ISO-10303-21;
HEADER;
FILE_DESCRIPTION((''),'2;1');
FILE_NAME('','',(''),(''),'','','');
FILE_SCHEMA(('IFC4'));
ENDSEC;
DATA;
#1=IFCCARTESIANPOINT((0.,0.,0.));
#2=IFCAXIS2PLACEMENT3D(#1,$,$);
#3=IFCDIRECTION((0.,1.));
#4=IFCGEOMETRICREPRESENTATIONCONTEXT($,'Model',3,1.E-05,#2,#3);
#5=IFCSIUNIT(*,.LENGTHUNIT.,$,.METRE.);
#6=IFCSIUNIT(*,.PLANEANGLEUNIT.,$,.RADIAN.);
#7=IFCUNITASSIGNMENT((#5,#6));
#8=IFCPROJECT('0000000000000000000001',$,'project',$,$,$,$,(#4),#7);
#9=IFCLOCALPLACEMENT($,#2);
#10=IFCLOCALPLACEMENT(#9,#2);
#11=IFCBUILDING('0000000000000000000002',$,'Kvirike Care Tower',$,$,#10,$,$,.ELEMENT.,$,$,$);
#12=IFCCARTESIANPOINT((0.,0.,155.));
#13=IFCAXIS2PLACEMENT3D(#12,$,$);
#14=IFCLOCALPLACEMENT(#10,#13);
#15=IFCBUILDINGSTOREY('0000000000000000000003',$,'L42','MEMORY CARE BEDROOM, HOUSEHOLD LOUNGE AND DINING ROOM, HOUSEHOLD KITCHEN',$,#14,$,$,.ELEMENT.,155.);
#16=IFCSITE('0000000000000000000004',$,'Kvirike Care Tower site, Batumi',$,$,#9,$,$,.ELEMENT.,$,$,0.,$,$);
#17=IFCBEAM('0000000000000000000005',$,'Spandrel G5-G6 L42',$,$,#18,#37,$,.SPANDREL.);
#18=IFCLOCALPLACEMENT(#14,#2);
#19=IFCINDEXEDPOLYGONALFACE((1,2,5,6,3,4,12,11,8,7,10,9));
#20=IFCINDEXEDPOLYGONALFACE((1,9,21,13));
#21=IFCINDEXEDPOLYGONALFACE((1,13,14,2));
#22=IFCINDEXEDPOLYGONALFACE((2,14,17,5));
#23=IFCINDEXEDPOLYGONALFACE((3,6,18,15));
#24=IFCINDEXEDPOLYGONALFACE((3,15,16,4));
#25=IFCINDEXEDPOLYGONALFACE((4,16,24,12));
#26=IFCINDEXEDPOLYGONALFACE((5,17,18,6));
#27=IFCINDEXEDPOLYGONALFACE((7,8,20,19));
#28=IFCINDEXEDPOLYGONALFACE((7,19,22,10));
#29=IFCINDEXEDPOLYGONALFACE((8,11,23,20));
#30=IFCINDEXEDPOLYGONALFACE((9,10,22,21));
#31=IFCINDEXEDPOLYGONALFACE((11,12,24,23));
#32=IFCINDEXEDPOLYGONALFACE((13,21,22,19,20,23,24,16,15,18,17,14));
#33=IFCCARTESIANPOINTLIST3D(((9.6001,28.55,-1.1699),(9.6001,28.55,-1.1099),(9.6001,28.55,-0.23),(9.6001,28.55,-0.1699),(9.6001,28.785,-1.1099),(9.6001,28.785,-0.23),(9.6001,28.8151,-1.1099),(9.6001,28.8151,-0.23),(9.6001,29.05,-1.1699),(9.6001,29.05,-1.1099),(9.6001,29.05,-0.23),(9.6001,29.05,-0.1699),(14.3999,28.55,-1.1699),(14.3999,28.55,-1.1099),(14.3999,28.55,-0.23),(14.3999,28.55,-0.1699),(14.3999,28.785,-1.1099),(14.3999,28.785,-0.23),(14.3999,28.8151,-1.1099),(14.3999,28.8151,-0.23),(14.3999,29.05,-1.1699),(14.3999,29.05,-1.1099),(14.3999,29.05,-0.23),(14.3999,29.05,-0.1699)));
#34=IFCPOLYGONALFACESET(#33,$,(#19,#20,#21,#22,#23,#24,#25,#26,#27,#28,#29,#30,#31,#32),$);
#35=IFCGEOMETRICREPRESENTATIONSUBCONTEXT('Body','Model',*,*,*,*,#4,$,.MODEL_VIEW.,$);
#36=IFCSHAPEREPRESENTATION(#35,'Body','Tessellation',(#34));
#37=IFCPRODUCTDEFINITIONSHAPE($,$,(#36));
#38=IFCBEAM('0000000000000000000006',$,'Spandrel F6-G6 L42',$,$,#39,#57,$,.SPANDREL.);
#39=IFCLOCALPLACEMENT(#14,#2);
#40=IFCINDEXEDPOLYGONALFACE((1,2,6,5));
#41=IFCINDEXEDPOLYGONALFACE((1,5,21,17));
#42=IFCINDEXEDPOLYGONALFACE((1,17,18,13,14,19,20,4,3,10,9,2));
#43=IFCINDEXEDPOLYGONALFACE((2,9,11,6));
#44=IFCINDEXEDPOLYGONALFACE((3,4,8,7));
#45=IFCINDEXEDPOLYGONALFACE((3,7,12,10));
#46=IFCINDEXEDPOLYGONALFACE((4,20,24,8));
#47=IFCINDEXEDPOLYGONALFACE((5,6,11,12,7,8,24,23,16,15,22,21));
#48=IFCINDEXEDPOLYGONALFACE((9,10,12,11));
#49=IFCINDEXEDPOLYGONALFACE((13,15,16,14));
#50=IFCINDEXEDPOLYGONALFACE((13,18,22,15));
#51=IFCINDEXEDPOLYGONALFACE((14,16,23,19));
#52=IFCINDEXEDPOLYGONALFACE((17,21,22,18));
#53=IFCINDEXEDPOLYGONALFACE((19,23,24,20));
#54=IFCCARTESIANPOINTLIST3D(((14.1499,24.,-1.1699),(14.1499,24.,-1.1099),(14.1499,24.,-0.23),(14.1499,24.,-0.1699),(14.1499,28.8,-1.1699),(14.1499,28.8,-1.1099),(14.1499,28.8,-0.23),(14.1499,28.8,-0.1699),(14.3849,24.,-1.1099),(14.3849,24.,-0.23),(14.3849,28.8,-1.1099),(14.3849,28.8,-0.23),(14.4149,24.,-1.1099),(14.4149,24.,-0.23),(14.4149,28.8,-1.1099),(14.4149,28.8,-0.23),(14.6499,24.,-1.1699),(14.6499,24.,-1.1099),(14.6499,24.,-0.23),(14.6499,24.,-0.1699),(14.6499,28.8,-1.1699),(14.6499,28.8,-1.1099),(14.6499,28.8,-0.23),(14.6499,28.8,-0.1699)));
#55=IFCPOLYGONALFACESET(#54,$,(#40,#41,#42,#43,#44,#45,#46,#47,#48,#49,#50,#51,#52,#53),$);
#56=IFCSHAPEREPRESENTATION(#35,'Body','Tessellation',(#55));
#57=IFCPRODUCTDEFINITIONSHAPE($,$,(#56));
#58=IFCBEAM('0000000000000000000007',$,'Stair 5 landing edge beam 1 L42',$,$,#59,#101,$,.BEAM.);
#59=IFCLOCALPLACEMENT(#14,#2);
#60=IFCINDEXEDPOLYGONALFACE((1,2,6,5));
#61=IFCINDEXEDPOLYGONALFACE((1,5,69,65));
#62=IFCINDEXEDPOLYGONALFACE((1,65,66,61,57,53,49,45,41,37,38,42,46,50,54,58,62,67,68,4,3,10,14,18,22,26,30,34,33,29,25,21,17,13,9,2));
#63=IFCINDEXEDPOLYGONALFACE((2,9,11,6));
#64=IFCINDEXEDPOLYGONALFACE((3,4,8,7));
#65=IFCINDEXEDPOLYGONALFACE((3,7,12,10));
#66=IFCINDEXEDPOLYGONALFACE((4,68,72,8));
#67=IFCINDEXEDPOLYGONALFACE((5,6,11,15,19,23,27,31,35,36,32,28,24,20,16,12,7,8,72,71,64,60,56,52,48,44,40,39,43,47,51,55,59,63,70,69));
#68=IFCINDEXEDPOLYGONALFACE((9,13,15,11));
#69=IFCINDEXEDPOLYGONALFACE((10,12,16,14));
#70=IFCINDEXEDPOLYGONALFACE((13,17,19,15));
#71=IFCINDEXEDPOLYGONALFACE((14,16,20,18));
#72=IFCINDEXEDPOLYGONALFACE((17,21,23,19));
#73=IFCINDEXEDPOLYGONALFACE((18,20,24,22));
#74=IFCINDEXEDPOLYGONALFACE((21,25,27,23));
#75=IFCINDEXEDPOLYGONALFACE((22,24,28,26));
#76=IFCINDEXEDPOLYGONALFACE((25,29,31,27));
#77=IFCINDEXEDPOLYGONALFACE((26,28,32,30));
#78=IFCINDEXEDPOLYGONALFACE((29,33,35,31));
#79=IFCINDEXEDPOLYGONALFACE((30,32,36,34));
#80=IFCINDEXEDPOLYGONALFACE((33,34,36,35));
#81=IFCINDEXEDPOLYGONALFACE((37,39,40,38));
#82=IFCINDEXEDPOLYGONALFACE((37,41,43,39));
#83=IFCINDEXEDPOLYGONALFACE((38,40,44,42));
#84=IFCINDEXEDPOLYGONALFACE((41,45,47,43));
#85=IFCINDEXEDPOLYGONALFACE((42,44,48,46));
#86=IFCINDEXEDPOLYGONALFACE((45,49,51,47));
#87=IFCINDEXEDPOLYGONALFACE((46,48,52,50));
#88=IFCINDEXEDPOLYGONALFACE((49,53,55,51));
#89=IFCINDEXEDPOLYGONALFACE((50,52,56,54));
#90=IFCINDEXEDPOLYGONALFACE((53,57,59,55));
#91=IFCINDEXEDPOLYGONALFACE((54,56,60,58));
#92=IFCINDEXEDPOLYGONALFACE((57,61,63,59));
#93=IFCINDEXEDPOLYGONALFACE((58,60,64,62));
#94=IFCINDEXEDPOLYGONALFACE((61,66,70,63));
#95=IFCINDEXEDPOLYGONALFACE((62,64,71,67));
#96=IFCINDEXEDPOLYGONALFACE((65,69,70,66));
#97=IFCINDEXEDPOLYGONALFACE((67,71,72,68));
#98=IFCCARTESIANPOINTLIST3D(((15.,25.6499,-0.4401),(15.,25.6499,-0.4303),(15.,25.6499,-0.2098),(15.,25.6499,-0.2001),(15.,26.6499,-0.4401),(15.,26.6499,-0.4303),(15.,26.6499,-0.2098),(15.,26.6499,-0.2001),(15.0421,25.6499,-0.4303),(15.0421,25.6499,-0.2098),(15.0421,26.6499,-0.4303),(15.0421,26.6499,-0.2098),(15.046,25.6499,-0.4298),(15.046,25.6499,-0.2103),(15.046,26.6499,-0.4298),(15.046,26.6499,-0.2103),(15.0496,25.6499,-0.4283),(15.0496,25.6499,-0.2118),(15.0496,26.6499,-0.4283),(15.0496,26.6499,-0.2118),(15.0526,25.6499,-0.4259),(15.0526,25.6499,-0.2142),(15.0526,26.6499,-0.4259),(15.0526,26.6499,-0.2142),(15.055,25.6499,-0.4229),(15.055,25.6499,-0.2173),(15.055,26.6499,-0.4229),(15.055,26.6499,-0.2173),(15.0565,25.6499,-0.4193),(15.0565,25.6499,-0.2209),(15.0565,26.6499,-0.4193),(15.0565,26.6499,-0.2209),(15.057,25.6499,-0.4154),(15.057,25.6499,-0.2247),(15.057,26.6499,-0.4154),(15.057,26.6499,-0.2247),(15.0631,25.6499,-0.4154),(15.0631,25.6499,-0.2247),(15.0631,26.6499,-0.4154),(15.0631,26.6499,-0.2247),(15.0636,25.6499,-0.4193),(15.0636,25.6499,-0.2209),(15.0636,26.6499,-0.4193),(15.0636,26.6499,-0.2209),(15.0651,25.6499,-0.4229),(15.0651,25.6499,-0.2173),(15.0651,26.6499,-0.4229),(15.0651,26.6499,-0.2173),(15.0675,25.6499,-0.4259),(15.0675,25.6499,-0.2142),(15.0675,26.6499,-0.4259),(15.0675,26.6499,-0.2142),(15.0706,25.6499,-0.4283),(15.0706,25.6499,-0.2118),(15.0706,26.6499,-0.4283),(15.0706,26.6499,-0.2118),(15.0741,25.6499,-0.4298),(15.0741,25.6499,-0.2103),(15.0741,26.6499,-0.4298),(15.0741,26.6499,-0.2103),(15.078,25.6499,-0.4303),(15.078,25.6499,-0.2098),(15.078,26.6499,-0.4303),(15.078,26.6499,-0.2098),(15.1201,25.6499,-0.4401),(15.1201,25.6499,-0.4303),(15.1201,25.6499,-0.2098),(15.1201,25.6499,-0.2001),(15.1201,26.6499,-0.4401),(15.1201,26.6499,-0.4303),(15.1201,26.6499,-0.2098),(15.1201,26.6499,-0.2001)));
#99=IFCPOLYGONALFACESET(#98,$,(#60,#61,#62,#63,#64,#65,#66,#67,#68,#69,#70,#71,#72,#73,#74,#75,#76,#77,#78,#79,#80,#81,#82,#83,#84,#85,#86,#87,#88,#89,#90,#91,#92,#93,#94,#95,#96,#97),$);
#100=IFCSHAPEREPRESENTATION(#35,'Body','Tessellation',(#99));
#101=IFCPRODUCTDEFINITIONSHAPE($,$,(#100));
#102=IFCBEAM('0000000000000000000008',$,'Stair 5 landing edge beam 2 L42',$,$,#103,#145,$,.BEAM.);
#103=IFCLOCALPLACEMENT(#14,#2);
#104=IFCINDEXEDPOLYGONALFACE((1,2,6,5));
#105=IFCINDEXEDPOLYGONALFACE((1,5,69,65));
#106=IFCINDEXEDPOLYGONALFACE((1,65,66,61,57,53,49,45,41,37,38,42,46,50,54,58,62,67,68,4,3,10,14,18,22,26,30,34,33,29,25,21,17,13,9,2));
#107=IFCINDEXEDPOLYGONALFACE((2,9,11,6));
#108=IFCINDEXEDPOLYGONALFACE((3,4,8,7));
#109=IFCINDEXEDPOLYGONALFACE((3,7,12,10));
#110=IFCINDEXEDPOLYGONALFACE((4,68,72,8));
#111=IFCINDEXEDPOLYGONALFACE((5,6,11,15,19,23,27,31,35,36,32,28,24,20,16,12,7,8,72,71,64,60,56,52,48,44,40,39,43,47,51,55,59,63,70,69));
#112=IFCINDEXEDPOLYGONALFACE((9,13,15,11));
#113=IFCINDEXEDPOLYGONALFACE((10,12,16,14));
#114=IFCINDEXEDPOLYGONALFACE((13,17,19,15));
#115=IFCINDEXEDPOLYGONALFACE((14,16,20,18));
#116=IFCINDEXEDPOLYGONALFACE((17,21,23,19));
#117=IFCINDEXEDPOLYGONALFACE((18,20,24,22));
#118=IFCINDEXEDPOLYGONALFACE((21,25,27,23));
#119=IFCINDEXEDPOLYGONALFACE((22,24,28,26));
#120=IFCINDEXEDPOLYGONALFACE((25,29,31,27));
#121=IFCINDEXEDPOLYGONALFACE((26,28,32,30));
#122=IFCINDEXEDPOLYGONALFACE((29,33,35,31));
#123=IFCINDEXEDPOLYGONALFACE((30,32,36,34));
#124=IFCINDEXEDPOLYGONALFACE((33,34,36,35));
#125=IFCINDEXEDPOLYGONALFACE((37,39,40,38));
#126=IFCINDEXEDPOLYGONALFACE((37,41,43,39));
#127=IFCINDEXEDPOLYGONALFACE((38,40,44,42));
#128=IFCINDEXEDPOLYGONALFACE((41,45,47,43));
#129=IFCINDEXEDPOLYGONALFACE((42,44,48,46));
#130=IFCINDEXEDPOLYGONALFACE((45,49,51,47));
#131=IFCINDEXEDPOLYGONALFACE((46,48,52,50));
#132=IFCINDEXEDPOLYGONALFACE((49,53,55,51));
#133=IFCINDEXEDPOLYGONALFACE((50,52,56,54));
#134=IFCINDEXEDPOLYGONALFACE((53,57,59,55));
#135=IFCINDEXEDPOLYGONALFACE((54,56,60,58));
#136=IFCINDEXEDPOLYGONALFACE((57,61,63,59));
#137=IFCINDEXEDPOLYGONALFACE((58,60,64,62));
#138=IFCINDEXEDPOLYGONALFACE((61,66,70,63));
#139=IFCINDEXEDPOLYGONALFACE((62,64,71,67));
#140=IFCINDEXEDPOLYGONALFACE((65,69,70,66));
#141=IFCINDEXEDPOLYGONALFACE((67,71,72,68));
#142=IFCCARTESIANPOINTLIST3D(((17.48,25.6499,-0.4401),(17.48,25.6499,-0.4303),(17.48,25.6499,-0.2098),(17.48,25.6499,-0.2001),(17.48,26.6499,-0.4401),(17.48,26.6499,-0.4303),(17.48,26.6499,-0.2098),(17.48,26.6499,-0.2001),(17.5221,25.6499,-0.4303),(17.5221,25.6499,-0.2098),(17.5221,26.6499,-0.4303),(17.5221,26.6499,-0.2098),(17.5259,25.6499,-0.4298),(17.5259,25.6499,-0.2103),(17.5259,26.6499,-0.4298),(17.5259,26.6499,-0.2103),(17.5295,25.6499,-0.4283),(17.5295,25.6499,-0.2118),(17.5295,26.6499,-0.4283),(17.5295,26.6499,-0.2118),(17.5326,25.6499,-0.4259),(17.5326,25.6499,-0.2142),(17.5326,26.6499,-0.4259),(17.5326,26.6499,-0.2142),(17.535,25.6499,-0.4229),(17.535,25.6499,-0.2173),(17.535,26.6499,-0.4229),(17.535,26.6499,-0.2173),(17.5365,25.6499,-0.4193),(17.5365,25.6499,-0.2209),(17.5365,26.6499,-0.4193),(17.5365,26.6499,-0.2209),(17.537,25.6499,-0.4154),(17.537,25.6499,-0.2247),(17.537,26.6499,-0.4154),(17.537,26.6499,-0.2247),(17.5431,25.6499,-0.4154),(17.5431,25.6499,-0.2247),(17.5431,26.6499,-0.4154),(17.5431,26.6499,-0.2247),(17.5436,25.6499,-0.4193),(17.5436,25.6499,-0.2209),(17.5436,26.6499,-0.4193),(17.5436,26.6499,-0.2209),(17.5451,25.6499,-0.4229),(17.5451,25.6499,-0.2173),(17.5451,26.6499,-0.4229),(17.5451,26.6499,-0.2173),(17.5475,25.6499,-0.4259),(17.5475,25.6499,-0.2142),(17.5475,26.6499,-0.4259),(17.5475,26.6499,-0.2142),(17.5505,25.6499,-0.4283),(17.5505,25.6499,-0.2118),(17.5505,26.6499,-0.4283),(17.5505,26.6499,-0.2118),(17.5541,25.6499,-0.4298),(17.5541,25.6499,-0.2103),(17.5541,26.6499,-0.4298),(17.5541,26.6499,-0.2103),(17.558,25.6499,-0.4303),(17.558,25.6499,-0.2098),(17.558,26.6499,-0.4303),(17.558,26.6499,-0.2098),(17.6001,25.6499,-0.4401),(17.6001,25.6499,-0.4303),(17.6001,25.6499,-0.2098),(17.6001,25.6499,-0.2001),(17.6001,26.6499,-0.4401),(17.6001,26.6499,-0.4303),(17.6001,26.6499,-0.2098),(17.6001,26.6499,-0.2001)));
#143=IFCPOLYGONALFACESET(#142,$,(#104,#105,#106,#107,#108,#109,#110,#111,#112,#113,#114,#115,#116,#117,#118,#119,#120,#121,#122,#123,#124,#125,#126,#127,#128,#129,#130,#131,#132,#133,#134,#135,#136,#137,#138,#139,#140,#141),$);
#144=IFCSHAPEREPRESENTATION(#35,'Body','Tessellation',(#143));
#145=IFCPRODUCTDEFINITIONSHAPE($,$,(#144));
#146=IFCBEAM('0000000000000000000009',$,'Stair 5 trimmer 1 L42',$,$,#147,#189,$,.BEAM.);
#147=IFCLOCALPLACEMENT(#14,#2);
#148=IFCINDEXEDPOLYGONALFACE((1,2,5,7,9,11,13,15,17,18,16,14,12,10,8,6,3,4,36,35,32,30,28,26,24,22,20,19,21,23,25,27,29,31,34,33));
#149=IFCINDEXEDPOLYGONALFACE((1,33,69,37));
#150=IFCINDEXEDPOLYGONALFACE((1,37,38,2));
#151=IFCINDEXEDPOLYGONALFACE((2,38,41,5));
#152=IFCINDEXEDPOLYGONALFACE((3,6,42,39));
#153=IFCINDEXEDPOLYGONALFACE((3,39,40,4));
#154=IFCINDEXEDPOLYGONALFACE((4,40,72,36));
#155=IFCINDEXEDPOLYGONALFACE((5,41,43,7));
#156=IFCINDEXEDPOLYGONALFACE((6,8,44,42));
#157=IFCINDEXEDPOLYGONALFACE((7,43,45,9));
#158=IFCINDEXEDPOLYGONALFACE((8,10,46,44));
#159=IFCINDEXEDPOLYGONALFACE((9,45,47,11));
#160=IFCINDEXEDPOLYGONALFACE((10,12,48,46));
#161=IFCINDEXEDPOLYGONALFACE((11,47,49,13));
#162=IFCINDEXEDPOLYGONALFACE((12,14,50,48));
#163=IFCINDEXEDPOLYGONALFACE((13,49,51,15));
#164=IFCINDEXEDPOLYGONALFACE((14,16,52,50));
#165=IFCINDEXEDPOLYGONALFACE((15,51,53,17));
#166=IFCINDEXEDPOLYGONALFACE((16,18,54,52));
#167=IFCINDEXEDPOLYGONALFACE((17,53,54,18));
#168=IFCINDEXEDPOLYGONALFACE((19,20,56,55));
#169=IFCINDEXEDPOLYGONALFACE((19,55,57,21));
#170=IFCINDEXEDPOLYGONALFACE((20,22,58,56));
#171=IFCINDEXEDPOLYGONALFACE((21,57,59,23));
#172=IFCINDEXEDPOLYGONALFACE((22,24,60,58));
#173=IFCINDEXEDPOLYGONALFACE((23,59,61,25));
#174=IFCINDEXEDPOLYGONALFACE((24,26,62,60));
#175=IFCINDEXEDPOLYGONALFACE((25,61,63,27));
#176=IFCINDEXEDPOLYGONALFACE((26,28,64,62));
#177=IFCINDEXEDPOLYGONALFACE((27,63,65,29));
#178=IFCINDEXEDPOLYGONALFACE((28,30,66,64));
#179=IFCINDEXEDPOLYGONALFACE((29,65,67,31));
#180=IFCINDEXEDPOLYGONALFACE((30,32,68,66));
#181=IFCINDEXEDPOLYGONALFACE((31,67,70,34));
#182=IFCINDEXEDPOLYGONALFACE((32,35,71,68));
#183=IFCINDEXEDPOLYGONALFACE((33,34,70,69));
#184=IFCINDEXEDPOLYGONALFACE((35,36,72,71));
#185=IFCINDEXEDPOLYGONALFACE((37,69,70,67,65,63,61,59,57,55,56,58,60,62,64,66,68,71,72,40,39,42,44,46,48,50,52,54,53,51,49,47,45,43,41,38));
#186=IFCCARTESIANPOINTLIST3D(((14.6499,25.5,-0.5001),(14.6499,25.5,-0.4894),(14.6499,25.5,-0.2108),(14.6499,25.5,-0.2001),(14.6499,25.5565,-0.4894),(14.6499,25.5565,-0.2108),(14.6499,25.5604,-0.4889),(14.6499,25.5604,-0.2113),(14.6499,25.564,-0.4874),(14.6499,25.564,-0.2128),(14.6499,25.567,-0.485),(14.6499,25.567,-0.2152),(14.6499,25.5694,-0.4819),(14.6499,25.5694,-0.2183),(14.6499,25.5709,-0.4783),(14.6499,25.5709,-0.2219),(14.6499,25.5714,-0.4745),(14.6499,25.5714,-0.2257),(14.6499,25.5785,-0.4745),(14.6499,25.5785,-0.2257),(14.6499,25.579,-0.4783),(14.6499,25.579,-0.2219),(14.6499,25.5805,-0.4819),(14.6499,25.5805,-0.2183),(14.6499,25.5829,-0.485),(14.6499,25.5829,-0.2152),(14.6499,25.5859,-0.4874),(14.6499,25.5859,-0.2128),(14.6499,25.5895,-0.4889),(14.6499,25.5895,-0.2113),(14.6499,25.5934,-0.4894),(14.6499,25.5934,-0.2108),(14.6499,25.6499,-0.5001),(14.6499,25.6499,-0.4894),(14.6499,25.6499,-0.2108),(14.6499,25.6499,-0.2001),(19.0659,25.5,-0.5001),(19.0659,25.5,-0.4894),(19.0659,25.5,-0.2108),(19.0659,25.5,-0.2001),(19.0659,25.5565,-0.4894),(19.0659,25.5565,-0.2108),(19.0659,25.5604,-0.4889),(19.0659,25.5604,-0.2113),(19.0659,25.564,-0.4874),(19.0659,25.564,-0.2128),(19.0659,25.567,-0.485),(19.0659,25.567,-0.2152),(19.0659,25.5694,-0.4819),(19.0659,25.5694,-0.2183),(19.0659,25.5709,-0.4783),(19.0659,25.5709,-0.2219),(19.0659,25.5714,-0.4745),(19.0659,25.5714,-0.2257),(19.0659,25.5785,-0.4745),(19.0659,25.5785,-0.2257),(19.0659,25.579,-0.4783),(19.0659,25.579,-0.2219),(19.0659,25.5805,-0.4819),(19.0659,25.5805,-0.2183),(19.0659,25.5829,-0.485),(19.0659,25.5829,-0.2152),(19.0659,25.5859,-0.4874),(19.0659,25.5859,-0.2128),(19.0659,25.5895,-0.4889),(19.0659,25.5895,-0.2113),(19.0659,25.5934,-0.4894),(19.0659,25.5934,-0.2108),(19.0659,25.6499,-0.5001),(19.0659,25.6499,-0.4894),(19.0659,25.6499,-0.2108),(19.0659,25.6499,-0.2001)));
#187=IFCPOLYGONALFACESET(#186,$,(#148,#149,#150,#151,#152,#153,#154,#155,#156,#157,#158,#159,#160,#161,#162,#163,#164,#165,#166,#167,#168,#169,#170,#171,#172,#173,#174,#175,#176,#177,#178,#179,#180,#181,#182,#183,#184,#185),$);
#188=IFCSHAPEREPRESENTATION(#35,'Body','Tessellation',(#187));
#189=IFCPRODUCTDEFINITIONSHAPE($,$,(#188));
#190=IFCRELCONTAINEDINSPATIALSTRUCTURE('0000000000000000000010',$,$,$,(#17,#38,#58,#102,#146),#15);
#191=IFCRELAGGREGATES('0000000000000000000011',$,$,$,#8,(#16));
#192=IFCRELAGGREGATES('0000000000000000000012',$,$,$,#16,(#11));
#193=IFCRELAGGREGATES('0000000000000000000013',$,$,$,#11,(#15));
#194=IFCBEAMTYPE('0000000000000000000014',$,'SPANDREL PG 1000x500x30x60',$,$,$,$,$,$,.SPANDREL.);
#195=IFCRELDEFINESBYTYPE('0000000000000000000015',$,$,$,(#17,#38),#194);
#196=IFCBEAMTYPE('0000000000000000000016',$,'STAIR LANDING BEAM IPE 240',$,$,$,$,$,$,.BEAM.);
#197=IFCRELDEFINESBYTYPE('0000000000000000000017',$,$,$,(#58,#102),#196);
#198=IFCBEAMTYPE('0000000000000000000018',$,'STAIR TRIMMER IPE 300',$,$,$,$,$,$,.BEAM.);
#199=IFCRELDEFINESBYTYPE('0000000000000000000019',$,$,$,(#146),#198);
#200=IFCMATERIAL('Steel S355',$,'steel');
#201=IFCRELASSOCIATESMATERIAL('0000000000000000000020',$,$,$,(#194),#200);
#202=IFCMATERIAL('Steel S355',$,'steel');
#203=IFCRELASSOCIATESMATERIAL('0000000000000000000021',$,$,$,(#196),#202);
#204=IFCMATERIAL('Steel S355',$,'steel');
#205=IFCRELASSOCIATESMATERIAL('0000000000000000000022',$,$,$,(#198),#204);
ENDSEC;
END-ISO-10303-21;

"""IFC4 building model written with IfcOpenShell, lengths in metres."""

from ifc_helpers import new_model, si_unit, direction, frame, origin, origin_2d, place, context, subcontext, project, spatial, i_section, extrude, material, material_profile, profile_set, type_object, element, save


model = new_model("IFC4")

# Units and contexts
model_context = context("Model", 3, precision=1e-05, world=origin(), true_north=direction((0.0, 1.0)))
body_context = subcontext(model_context, "Body", "Model", "MODEL_VIEW")
ifc_project = project(units=[si_unit("LENGTHUNIT", "METRE"), si_unit("PLANEANGLEUNIT", "RADIAN")], contexts=[model_context])

# Site, building, storey
site_placement = place(None, origin())
site = spatial("IfcSite", under=ifc_project, at=site_placement, Name="Kvirike Care Tower site, Batumi", CompositionType="ELEMENT", RefElevation=0.0)
building_placement = place(site_placement, origin())
building = spatial("IfcBuilding", under=site, at=building_placement, Name="Kvirike Care Tower", CompositionType="ELEMENT")
storey_placement = place(building_placement, frame((0.0, 0.0, 155.0)))
storey = spatial("IfcBuildingStorey", under=building, at=storey_placement, Name="L42", Description="MEMORY CARE BEDROOM, HOUSEHOLD LOUNGE AND DINING ROOM, HOUSEHOLD KITCHEN", CompositionType="ELEMENT", Elevation=155.0)

# Beams
ifc_material_1 = material(Name="Steel S355", Category="steel")
ifc_material_profile_1 = material_profile(ifc_material_1, i_section(OverallWidth=0.5, OverallDepth=1.0, WebThickness=0.03, FlangeThickness=0.0601, at=origin_2d()), Name="PG 1000x500x30x60")
ifc_profile_set_1 = profile_set([ifc_material_profile_1], Name="Steel S355")
beam_type_1 = type_object("IfcBeamType", Name="SPANDREL PG 1000x500x30x60", PredefinedType="SPANDREL", material=ifc_profile_set_1)
beam_1_placement = place(storey_placement, frame((9.6001, 28.8, -0.6699), z_axis=(1.0, 0.0, 0.0), x_axis=(0.0, 1.0, 0.0)))
element("IfcBeam", 1, at=beam_1_placement, inside=storey, type_object=beam_type_1, Name="Spandrel G5-G6 L42", PredefinedType="SPANDREL", context=body_context, shape_type="SweptSolid", body=[
    extrude(i_section(OverallWidth=0.5, OverallDepth=1.0, WebThickness=0.03, FlangeThickness=0.0601, at=origin_2d()), origin(), (0.0, 0.0, 1.0), 4.7998),
])
beam_2_placement = place(storey_placement, frame((14.3999, 24.0, -0.6699), z_axis=(0.0, 1.0, 0.0), x_axis=(-1.0, 0.0, 0.0)))
element("IfcBeam", 2, at=beam_2_placement, inside=storey, type_object=beam_type_1, Name="Spandrel F6-G6 L42", PredefinedType="SPANDREL", context=body_context, shape_type="SweptSolid", body=[
    extrude(i_section(OverallWidth=0.5, OverallDepth=1.0, WebThickness=0.03, FlangeThickness=0.0601, at=origin_2d()), origin(), (0.0, 0.0, 1.0), 4.8),
])
ifc_material_2 = material(Name="Steel S355", Category="steel")
ifc_material_profile_2 = material_profile(ifc_material_2, i_section(OverallWidth=0.1201, OverallDepth=0.24, WebThickness=0.0061, FlangeThickness=0.0098, FilletRadius=0.0149, at=origin_2d()), Name="IPE 240")
ifc_profile_set_2 = profile_set([ifc_material_profile_2], Name="Steel S355")
beam_type_2 = type_object("IfcBeamType", Name="STAIR LANDING BEAM IPE 240", PredefinedType="BEAM", material=ifc_profile_set_2)
for number, where, z_axis, x_axis, name in (
    (3, (15.0601, 25.6499, -0.3201), (0.0, 1.0, 0.0), (-1.0, 0.0, 0.0), "Stair 5 landing edge beam 1 L42"),
    (4, (17.54, 25.6499, -0.3201), (0.0, 1.0, 0.0), (-1.0, 0.0, 0.0), "Stair 5 landing edge beam 2 L42"),
):
    element("IfcBeam", number, at=place(storey_placement, frame(where, z_axis=z_axis, x_axis=x_axis)), inside=storey, type_object=beam_type_2, Name=name, PredefinedType="BEAM", context=body_context, shape_type="SweptSolid", body=[
        extrude(i_section(OverallWidth=0.1201, OverallDepth=0.24, WebThickness=0.0061, FlangeThickness=0.0098, FilletRadius=0.0149, at=origin_2d()), origin(), (0.0, 0.0, 1.0), 1.0),
    ])
ifc_material_3 = material(Name="Steel S355", Category="steel")
ifc_material_profile_3 = material_profile(ifc_material_3, i_section(OverallWidth=0.1499, OverallDepth=0.3, WebThickness=0.0071, FlangeThickness=0.0107, FilletRadius=0.0149, at=origin_2d()), Name="IPE 300")
ifc_profile_set_3 = profile_set([ifc_material_profile_3], Name="Steel S355")
beam_type_3 = type_object("IfcBeamType", Name="STAIR TRIMMER IPE 300", PredefinedType="BEAM", material=ifc_profile_set_3)
for number, where, z_axis, x_axis, name in (
    (5, (14.6499, 25.575, -0.3501), (1.0, 0.0, 0.0), (0.0, 1.0, 0.0), "Stair 5 trimmer 1 L42"),
):
    element("IfcBeam", number, at=place(storey_placement, frame(where, z_axis=z_axis, x_axis=x_axis)), inside=storey, type_object=beam_type_3, Name=name, PredefinedType="BEAM", context=body_context, shape_type="SweptSolid", body=[
        extrude(i_section(OverallWidth=0.1499, OverallDepth=0.3, WebThickness=0.0071, FlangeThickness=0.0107, FilletRadius=0.0149, at=origin_2d()), origin(), (0.0, 0.0, 1.0), 4.416),
    ])

save(model, "model.ifc")
